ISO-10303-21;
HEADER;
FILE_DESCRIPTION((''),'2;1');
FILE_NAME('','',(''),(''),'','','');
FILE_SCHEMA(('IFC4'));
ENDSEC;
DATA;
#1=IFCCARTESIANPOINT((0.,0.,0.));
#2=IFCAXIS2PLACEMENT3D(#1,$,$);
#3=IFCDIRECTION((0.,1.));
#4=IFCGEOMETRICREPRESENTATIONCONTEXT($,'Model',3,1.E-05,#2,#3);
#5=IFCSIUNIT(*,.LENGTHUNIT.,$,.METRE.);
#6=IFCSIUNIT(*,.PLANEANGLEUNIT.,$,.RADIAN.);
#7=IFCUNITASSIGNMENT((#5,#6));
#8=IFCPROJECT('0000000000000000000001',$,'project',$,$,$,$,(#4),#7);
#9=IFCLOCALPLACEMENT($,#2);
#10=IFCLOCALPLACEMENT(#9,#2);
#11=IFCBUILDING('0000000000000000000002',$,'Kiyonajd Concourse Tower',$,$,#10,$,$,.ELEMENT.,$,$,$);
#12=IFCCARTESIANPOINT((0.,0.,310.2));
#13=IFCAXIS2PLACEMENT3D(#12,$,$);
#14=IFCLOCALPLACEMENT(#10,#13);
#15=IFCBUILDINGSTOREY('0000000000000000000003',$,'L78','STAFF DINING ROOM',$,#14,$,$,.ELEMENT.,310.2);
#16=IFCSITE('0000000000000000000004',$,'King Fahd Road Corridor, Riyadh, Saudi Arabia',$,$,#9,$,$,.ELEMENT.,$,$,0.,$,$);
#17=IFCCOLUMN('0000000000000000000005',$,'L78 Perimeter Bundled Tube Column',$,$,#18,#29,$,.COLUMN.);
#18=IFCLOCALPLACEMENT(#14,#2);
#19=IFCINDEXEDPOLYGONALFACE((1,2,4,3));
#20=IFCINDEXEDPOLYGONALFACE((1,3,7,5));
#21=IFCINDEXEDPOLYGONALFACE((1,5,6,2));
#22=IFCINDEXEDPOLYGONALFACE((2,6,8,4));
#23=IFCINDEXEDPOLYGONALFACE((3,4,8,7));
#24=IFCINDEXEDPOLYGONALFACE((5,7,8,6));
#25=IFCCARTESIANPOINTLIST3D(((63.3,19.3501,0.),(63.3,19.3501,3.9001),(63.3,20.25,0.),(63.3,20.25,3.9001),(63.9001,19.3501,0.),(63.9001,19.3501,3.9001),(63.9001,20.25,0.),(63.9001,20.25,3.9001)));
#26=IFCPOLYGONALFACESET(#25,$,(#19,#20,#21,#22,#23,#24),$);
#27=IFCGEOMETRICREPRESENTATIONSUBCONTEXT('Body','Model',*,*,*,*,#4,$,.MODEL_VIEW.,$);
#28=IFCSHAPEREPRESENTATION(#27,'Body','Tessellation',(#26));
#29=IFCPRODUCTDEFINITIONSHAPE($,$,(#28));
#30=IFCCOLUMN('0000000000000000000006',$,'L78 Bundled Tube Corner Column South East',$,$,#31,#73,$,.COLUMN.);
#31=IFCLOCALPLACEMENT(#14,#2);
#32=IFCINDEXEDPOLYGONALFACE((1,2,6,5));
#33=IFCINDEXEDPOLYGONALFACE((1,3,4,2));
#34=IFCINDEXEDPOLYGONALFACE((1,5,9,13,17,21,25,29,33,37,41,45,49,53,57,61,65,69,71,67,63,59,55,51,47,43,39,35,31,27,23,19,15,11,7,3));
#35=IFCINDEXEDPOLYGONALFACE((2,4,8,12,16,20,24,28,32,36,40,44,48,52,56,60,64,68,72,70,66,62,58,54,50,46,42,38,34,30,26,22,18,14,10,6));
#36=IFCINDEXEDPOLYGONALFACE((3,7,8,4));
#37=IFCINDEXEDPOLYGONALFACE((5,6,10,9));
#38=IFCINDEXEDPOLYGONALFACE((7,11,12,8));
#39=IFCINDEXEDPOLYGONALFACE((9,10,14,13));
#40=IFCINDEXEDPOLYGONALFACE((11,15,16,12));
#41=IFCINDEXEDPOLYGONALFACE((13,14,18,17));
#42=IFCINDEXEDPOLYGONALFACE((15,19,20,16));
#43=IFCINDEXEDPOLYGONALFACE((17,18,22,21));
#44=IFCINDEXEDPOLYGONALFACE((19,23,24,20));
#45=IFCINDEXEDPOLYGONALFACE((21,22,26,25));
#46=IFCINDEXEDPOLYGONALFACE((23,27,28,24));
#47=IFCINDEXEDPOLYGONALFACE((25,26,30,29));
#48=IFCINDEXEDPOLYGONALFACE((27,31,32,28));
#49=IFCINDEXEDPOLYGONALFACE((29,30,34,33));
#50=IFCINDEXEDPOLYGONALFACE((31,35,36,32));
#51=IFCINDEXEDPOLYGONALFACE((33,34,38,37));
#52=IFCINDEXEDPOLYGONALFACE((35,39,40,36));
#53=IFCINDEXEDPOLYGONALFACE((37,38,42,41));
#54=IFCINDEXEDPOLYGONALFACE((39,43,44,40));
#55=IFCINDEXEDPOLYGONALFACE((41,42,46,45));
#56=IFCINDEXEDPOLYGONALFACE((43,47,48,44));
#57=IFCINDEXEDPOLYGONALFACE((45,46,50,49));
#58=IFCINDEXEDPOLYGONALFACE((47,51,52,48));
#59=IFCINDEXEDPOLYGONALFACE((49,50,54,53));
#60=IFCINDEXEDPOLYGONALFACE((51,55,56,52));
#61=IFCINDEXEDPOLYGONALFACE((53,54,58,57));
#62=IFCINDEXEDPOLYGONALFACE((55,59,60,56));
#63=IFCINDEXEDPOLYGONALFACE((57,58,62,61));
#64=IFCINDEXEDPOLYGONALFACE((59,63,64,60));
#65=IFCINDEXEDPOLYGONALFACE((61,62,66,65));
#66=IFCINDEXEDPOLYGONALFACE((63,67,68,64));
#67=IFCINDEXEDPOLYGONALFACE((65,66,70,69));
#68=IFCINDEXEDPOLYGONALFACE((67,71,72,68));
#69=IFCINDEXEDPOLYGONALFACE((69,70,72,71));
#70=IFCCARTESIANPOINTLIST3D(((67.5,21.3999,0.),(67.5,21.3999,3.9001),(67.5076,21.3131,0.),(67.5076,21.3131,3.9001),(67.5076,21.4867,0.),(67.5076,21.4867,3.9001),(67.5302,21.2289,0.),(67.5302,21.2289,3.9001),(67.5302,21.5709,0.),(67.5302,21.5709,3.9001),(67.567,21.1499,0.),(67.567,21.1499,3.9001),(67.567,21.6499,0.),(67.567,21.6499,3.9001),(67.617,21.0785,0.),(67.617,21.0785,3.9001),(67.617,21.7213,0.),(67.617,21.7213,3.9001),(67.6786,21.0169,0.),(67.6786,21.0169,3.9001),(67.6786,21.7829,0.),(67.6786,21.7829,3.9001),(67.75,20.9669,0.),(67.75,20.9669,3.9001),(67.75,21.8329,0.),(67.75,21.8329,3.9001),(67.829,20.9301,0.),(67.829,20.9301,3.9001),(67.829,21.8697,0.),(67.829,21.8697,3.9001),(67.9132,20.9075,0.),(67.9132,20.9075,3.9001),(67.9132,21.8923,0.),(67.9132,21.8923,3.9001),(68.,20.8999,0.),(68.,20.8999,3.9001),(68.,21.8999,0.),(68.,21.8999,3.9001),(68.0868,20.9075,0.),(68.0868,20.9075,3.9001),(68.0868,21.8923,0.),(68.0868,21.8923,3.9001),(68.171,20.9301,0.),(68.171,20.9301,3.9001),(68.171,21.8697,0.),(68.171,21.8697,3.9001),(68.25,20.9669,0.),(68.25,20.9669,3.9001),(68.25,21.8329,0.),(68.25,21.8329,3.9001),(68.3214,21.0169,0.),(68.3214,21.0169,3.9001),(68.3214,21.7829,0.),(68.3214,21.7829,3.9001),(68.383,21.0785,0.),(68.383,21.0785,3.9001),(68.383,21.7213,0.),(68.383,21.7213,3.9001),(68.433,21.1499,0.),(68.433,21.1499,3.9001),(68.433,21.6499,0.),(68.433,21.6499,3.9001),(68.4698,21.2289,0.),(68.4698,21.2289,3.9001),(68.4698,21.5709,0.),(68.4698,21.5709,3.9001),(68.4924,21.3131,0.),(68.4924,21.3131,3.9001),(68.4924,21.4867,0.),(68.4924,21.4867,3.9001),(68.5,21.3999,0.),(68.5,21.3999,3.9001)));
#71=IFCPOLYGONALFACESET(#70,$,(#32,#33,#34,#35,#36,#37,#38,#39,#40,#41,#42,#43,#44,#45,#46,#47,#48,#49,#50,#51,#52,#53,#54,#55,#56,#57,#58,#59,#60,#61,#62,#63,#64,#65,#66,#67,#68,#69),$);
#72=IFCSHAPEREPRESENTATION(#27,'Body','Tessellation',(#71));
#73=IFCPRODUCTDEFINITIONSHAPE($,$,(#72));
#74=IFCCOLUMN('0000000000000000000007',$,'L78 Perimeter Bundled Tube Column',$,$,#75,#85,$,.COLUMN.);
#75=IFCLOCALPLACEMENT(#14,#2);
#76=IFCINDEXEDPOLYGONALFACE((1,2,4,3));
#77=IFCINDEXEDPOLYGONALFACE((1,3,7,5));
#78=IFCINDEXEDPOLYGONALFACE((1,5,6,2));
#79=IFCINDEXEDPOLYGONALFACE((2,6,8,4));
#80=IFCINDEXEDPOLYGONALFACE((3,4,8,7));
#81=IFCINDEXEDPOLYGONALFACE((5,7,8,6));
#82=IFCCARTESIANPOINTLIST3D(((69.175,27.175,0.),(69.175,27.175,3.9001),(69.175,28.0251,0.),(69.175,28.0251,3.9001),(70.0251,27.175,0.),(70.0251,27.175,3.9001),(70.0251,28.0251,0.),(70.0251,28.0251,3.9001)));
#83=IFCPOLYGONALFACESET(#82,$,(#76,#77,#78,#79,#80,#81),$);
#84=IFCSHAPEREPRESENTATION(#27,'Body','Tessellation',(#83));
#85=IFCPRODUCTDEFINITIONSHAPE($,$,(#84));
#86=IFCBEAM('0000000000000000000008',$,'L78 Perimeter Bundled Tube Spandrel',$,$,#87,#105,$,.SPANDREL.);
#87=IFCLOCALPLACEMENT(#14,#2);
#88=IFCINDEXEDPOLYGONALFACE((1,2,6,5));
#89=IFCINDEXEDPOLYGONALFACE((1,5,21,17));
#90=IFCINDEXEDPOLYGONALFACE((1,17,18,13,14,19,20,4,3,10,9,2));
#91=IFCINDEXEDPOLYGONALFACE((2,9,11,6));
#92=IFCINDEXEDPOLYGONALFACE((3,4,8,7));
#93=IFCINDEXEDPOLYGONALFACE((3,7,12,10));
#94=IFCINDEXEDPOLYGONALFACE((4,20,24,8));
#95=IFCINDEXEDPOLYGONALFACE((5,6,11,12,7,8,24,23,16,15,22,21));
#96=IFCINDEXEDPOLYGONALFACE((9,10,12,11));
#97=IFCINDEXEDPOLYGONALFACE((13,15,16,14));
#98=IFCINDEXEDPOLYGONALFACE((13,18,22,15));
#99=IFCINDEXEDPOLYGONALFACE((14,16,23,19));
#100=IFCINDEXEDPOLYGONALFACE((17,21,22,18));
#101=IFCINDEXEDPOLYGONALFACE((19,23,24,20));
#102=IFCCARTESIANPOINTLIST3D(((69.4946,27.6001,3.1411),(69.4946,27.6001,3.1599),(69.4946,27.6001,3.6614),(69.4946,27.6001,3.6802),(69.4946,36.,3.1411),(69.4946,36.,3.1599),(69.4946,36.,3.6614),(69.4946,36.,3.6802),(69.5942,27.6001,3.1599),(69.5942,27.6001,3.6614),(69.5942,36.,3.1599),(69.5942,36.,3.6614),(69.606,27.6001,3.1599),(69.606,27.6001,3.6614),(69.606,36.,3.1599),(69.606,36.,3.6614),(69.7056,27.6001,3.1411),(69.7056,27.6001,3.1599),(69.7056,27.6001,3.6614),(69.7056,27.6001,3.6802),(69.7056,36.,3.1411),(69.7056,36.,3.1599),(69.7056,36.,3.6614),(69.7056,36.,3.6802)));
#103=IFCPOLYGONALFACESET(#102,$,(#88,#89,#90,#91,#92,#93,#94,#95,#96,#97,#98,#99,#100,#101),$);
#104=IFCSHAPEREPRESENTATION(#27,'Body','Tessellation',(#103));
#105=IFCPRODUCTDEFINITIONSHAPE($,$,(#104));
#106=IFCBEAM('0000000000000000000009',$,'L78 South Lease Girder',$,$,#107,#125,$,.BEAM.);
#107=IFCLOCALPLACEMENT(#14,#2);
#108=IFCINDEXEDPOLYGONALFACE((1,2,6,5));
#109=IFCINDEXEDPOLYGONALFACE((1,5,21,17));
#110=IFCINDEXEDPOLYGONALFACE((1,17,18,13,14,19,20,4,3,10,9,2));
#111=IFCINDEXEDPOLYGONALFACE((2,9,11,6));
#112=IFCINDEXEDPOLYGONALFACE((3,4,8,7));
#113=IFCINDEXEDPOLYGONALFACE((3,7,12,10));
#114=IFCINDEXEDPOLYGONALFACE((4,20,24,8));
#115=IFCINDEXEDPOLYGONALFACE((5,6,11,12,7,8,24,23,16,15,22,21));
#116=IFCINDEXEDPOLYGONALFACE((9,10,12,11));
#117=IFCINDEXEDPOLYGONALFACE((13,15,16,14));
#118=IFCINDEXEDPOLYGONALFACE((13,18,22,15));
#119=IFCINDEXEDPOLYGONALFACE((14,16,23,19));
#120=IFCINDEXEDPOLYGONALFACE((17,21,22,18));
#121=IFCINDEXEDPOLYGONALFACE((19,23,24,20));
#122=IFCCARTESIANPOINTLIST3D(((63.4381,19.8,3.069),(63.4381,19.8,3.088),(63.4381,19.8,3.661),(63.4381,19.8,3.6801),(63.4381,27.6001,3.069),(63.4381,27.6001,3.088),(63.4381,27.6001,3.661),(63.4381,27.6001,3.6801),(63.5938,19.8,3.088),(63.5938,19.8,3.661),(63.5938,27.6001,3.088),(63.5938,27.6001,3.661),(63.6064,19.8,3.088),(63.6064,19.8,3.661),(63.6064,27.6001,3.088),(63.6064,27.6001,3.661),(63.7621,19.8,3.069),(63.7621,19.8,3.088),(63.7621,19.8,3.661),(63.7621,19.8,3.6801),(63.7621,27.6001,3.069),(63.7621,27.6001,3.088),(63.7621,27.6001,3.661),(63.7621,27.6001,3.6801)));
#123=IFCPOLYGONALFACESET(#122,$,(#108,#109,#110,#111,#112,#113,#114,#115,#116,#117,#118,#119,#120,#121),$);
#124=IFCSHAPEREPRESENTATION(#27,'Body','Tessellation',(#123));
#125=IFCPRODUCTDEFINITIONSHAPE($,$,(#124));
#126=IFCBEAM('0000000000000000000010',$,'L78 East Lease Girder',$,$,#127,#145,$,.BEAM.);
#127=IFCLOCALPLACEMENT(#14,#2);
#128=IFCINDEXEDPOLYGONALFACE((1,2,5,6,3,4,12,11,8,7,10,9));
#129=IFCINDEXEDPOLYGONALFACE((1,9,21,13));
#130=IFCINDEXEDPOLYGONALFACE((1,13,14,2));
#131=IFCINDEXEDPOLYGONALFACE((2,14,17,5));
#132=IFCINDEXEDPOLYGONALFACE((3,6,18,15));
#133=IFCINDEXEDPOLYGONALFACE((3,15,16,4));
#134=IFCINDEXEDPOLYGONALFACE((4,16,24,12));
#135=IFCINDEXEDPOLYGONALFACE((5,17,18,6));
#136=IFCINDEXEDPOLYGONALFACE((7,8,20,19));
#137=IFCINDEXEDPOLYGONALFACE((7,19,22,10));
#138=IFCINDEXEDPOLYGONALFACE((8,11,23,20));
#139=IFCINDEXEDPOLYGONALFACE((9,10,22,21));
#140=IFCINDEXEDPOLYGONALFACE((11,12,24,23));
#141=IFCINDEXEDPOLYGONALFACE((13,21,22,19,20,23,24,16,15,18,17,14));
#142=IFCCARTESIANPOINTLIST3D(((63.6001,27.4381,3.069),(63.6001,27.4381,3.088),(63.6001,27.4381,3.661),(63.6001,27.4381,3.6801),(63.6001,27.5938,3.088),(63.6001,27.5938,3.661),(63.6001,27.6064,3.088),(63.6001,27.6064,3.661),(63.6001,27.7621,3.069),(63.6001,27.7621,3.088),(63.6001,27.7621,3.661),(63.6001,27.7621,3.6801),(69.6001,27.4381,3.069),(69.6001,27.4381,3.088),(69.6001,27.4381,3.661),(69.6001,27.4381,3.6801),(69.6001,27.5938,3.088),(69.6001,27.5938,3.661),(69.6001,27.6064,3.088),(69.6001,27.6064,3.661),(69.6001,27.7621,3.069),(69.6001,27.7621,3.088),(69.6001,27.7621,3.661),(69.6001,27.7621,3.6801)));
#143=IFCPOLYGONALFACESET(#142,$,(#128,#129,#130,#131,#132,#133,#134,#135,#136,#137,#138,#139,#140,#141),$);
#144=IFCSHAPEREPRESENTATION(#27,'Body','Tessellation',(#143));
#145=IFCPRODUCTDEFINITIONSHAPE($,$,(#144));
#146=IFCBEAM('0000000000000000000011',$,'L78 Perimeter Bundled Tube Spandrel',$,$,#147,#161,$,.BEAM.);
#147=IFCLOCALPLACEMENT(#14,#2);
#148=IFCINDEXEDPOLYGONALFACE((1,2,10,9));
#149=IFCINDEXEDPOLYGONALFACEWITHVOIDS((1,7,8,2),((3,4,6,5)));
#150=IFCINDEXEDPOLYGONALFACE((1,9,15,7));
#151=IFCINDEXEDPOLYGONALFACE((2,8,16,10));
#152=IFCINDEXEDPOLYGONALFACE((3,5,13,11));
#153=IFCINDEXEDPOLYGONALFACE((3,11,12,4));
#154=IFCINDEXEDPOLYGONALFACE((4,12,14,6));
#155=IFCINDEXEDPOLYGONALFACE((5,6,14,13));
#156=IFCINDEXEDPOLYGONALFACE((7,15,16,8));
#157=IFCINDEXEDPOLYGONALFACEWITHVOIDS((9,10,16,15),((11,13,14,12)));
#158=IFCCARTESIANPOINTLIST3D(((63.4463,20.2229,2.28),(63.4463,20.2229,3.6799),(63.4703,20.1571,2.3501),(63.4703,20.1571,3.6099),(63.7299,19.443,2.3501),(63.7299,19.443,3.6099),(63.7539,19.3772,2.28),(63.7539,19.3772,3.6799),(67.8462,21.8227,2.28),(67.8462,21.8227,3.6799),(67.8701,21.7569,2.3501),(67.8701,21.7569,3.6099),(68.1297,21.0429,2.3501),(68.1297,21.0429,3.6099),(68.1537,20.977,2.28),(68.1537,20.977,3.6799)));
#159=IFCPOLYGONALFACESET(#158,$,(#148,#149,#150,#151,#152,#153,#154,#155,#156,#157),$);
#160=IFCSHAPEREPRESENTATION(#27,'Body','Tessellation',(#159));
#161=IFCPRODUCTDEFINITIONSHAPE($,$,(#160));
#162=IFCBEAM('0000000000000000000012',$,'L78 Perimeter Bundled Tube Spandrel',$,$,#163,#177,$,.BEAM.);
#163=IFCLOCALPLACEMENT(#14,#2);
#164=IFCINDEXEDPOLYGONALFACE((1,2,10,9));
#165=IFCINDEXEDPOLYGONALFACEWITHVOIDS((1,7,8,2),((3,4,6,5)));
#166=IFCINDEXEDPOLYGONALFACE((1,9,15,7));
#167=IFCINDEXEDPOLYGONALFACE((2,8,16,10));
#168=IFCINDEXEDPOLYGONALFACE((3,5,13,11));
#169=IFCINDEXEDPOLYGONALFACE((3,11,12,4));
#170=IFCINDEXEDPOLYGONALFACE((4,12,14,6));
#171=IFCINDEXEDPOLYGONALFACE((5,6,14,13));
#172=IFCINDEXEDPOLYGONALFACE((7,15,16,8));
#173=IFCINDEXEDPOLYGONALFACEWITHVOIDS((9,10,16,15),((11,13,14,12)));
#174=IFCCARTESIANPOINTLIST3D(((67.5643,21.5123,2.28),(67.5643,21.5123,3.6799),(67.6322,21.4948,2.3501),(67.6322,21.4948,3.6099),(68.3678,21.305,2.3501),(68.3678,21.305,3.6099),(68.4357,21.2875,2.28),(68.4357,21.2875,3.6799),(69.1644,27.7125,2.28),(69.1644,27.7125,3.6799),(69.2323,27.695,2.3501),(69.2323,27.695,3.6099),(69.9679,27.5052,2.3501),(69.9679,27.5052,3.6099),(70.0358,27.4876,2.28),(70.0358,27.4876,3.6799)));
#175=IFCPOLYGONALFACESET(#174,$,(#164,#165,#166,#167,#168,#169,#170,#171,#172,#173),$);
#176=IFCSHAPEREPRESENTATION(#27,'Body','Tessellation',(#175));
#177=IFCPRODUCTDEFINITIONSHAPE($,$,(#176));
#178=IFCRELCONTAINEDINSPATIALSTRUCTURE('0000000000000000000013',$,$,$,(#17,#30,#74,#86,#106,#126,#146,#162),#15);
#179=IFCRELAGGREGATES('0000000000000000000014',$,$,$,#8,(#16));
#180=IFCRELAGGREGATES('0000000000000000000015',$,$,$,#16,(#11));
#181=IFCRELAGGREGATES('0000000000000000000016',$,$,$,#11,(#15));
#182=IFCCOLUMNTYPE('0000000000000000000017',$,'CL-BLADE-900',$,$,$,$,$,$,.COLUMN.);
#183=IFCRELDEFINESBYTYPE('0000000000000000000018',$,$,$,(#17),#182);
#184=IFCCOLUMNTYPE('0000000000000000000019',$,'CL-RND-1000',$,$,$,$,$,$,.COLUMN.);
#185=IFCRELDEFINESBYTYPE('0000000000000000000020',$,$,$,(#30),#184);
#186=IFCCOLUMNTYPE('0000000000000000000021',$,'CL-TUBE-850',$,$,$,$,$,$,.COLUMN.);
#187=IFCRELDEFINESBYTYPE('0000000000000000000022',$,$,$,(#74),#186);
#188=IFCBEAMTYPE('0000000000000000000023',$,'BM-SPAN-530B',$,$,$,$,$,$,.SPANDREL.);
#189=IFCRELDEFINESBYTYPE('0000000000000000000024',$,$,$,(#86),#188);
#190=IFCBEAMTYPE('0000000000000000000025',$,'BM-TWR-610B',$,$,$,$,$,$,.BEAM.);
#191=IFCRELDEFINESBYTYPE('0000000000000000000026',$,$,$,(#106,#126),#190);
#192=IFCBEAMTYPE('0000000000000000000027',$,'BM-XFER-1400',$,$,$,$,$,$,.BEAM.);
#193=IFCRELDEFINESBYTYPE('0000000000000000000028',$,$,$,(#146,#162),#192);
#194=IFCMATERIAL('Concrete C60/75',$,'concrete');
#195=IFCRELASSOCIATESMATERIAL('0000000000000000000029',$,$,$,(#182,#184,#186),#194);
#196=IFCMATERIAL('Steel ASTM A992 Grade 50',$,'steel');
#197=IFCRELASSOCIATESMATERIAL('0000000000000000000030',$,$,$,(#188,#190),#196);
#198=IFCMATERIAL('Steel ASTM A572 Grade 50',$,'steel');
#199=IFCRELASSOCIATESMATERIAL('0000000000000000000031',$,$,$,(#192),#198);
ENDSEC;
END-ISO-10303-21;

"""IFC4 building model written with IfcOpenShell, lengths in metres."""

from ifc_helpers import new_model, si_unit, direction, frame, origin, origin_2d, place, context, subcontext, project, spatial, rectangle, hollow_rectangle, circle, i_section, extrude, material, material_profile, profile_set, type_object, element, save


model = new_model("IFC4")

# Units and contexts
model_context = context("Model", 3, precision=1e-05, world=origin(), true_north=direction((0.0, 1.0)))
body_context = subcontext(model_context, "Body", "Model", "MODEL_VIEW")
ifc_project = project(units=[si_unit("LENGTHUNIT", "METRE"), si_unit("PLANEANGLEUNIT", "RADIAN")], contexts=[model_context])

# Site, building, storey
site_placement = place(None, origin())
site = spatial("IfcSite", under=ifc_project, at=site_placement, Name="King Fahd Road Corridor, Riyadh, Saudi Arabia", CompositionType="ELEMENT", RefElevation=0.0)
building_placement = place(site_placement, origin())
building = spatial("IfcBuilding", under=site, at=building_placement, Name="Kiyonajd Concourse Tower", CompositionType="ELEMENT")
storey_placement = place(building_placement, frame((0.0, 0.0, 310.2)))
storey = spatial("IfcBuildingStorey", under=building, at=storey_placement, Name="L78", Description="STAFF DINING ROOM", CompositionType="ELEMENT", Elevation=310.2)

# Columns
ifc_material_1 = material(Name="Concrete C60/75", Category="concrete")
ifc_material_profile_1 = material_profile(ifc_material_1, rectangle(XDim=0.6001, YDim=0.8999, at=origin_2d()), Name="RC-900x600")
ifc_profile_set_1 = profile_set([ifc_material_profile_1], Name="Concrete C60/75")
column_type_1 = type_object("IfcColumnType", Name="CL-BLADE-900", PredefinedType="COLUMN", material=ifc_profile_set_1)
column_1_placement = place(storey_placement, frame((63.6001, 19.8, 0.0), z_axis=(0.0, 0.0, 1.0), x_axis=(1.0, 0.0, 0.0)))
element("IfcColumn", 1, at=column_1_placement, inside=storey, type_object=column_type_1, Name="L78 Perimeter Bundled Tube Column", PredefinedType="COLUMN", context=body_context, shape_type="SweptSolid", body=[
    extrude(rectangle(XDim=0.6001, YDim=0.8999, at=origin_2d()), origin(), (0.0, 0.0, 1.0), 3.9001),
])
ifc_material_profile_2 = material_profile(ifc_material_1, circle(Radius=0.5, at=origin_2d()), Name="RCC-D1000")
ifc_profile_set_2 = profile_set([ifc_material_profile_2], Name="Concrete C60/75")
column_type_2 = type_object("IfcColumnType", Name="CL-RND-1000", PredefinedType="COLUMN", material=ifc_profile_set_2)
column_2_placement = place(storey_placement, frame((68.0, 21.3999, 0.0), z_axis=(0.0, 0.0, 1.0), x_axis=(1.0, 0.0, 0.0)))
element("IfcColumn", 2, at=column_2_placement, inside=storey, type_object=column_type_2, Name="L78 Bundled Tube Corner Column South East", PredefinedType="COLUMN", context=body_context, shape_type="SweptSolid", body=[
    extrude(circle(Radius=0.5, at=origin_2d()), origin(), (0.0, 0.0, 1.0), 3.9001),
])
ifc_material_profile_3 = material_profile(ifc_material_1, rectangle(XDim=0.8501, YDim=0.8501, at=origin_2d()), Name="RC-850x850")
ifc_profile_set_3 = profile_set([ifc_material_profile_3], Name="Concrete C60/75")
column_type_3 = type_object("IfcColumnType", Name="CL-TUBE-850", PredefinedType="COLUMN", material=ifc_profile_set_3)
column_3_placement = place(storey_placement, frame((69.6001, 27.6001, 0.0), z_axis=(0.0, 0.0, 1.0), x_axis=(1.0, 0.0, 0.0)))
element("IfcColumn", 3, at=column_3_placement, inside=storey, type_object=column_type_3, Name="L78 Perimeter Bundled Tube Column", PredefinedType="COLUMN", context=body_context, shape_type="SweptSolid", body=[
    extrude(rectangle(XDim=0.8501, YDim=0.8501, at=origin_2d()), origin(), (0.0, 0.0, 1.0), 3.9001),
])

# Beams
ifc_material_2 = material(Name="Steel ASTM A992 Grade 50", Category="steel")
ifc_material_profile_4 = material_profile(ifc_material_2, i_section(OverallWidth=0.2109, OverallDepth=0.5391, WebThickness=0.0117, FlangeThickness=0.0188, at=origin_2d()), Name="W530X109")
ifc_profile_set_4 = profile_set([ifc_material_profile_4], Name="Steel ASTM A992 Grade 50")
beam_type_1 = type_object("IfcBeamType", Name="BM-SPAN-530B", PredefinedType="SPANDREL", material=ifc_profile_set_4)
beam_1_placement = place(storey_placement, frame((69.6001, 27.6001, 3.4106), z_axis=(0.0, 1.0, 0.0), x_axis=(-1.0, 0.0, 0.0)))
element("IfcBeam", 4, at=beam_1_placement, inside=storey, type_object=beam_type_1, Name="L78 Perimeter Bundled Tube Spandrel", PredefinedType="SPANDREL", context=body_context, shape_type="SweptSolid", body=[
    extrude(i_section(OverallWidth=0.2109, OverallDepth=0.5391, WebThickness=0.0117, FlangeThickness=0.0188, at=origin_2d()), origin(), (0.0, 0.0, 1.0), 8.3999),
])
ifc_material_profile_5 = material_profile(ifc_material_2, i_section(OverallWidth=0.324, OverallDepth=0.6111, WebThickness=0.0127, FlangeThickness=0.019, at=origin_2d()), Name="W610X155")
ifc_profile_set_5 = profile_set([ifc_material_profile_5], Name="Steel ASTM A992 Grade 50")
beam_type_2 = type_object("IfcBeamType", Name="BM-TWR-610B", PredefinedType="BEAM", material=ifc_profile_set_5)
beam_2_placement = place(storey_placement, frame((63.6001, 19.8, 3.3745), z_axis=(0.0, 1.0, 0.0), x_axis=(-1.0, 0.0, 0.0)))
element("IfcBeam", 5, at=beam_2_placement, inside=storey, type_object=beam_type_2, Name="L78 South Lease Girder", PredefinedType="BEAM", context=body_context, shape_type="SweptSolid", body=[
    extrude(i_section(OverallWidth=0.324, OverallDepth=0.6111, WebThickness=0.0127, FlangeThickness=0.019, at=origin_2d()), origin(), (0.0, 0.0, 1.0), 7.8),
])
beam_3_placement = place(storey_placement, frame((63.6001, 27.6001, 3.3745), z_axis=(1.0, 0.0, 0.0), x_axis=(0.0, 1.0, 0.0)))
element("IfcBeam", 6, at=beam_3_placement, inside=storey, type_object=beam_type_2, Name="L78 East Lease Girder", PredefinedType="BEAM", context=body_context, shape_type="SweptSolid", body=[
    extrude(i_section(OverallWidth=0.324, OverallDepth=0.6111, WebThickness=0.0127, FlangeThickness=0.019, at=origin_2d()), origin(), (0.0, 0.0, 1.0), 6.0),
])
ifc_material_3 = material(Name="Steel ASTM A572 Grade 50", Category="steel")
ifc_material_profile_6 = material_profile(ifc_material_3, hollow_rectangle(XDim=0.8999, YDim=1.3999, WallThickness=0.0701, at=origin_2d()), Name="BOX-1400x900x70")
ifc_profile_set_6 = profile_set([ifc_material_profile_6], Name="Steel ASTM A572 Grade 50")
beam_type_3 = type_object("IfcBeamType", Name="BM-XFER-1400", PredefinedType="BEAM", material=ifc_profile_set_6)
beam_4_placement = place(storey_placement, frame((63.6001, 19.8, 2.98), z_axis=(0.939801, 0.341722, 0.0), x_axis=(-0.341722, 0.939801, 0.0)))
element("IfcBeam", 7, at=beam_4_placement, inside=storey, type_object=beam_type_3, Name="L78 Perimeter Bundled Tube Spandrel", PredefinedType="BEAM", context=body_context, shape_type="SweptSolid", body=[
    extrude(hollow_rectangle(XDim=0.8999, YDim=1.3999, WallThickness=0.0701, at=origin_2d()), origin(), (0.0, 0.0, 1.0), 4.6816),
])
beam_5_placement = place(storey_placement, frame((68.0, 21.3999, 2.98), z_axis=(0.249885, 0.968276, 0.0), x_axis=(-0.968276, 0.249885, 0.0)))
element("IfcBeam", 8, at=beam_5_placement, inside=storey, type_object=beam_type_3, Name="L78 Perimeter Bundled Tube Spandrel", PredefinedType="BEAM", context=body_context, shape_type="SweptSolid", body=[
    extrude(hollow_rectangle(XDim=0.8999, YDim=1.3999, WallThickness=0.0701, at=origin_2d()), origin(), (0.0, 0.0, 1.0), 6.4033),
])

save(model, "model.ifc")
